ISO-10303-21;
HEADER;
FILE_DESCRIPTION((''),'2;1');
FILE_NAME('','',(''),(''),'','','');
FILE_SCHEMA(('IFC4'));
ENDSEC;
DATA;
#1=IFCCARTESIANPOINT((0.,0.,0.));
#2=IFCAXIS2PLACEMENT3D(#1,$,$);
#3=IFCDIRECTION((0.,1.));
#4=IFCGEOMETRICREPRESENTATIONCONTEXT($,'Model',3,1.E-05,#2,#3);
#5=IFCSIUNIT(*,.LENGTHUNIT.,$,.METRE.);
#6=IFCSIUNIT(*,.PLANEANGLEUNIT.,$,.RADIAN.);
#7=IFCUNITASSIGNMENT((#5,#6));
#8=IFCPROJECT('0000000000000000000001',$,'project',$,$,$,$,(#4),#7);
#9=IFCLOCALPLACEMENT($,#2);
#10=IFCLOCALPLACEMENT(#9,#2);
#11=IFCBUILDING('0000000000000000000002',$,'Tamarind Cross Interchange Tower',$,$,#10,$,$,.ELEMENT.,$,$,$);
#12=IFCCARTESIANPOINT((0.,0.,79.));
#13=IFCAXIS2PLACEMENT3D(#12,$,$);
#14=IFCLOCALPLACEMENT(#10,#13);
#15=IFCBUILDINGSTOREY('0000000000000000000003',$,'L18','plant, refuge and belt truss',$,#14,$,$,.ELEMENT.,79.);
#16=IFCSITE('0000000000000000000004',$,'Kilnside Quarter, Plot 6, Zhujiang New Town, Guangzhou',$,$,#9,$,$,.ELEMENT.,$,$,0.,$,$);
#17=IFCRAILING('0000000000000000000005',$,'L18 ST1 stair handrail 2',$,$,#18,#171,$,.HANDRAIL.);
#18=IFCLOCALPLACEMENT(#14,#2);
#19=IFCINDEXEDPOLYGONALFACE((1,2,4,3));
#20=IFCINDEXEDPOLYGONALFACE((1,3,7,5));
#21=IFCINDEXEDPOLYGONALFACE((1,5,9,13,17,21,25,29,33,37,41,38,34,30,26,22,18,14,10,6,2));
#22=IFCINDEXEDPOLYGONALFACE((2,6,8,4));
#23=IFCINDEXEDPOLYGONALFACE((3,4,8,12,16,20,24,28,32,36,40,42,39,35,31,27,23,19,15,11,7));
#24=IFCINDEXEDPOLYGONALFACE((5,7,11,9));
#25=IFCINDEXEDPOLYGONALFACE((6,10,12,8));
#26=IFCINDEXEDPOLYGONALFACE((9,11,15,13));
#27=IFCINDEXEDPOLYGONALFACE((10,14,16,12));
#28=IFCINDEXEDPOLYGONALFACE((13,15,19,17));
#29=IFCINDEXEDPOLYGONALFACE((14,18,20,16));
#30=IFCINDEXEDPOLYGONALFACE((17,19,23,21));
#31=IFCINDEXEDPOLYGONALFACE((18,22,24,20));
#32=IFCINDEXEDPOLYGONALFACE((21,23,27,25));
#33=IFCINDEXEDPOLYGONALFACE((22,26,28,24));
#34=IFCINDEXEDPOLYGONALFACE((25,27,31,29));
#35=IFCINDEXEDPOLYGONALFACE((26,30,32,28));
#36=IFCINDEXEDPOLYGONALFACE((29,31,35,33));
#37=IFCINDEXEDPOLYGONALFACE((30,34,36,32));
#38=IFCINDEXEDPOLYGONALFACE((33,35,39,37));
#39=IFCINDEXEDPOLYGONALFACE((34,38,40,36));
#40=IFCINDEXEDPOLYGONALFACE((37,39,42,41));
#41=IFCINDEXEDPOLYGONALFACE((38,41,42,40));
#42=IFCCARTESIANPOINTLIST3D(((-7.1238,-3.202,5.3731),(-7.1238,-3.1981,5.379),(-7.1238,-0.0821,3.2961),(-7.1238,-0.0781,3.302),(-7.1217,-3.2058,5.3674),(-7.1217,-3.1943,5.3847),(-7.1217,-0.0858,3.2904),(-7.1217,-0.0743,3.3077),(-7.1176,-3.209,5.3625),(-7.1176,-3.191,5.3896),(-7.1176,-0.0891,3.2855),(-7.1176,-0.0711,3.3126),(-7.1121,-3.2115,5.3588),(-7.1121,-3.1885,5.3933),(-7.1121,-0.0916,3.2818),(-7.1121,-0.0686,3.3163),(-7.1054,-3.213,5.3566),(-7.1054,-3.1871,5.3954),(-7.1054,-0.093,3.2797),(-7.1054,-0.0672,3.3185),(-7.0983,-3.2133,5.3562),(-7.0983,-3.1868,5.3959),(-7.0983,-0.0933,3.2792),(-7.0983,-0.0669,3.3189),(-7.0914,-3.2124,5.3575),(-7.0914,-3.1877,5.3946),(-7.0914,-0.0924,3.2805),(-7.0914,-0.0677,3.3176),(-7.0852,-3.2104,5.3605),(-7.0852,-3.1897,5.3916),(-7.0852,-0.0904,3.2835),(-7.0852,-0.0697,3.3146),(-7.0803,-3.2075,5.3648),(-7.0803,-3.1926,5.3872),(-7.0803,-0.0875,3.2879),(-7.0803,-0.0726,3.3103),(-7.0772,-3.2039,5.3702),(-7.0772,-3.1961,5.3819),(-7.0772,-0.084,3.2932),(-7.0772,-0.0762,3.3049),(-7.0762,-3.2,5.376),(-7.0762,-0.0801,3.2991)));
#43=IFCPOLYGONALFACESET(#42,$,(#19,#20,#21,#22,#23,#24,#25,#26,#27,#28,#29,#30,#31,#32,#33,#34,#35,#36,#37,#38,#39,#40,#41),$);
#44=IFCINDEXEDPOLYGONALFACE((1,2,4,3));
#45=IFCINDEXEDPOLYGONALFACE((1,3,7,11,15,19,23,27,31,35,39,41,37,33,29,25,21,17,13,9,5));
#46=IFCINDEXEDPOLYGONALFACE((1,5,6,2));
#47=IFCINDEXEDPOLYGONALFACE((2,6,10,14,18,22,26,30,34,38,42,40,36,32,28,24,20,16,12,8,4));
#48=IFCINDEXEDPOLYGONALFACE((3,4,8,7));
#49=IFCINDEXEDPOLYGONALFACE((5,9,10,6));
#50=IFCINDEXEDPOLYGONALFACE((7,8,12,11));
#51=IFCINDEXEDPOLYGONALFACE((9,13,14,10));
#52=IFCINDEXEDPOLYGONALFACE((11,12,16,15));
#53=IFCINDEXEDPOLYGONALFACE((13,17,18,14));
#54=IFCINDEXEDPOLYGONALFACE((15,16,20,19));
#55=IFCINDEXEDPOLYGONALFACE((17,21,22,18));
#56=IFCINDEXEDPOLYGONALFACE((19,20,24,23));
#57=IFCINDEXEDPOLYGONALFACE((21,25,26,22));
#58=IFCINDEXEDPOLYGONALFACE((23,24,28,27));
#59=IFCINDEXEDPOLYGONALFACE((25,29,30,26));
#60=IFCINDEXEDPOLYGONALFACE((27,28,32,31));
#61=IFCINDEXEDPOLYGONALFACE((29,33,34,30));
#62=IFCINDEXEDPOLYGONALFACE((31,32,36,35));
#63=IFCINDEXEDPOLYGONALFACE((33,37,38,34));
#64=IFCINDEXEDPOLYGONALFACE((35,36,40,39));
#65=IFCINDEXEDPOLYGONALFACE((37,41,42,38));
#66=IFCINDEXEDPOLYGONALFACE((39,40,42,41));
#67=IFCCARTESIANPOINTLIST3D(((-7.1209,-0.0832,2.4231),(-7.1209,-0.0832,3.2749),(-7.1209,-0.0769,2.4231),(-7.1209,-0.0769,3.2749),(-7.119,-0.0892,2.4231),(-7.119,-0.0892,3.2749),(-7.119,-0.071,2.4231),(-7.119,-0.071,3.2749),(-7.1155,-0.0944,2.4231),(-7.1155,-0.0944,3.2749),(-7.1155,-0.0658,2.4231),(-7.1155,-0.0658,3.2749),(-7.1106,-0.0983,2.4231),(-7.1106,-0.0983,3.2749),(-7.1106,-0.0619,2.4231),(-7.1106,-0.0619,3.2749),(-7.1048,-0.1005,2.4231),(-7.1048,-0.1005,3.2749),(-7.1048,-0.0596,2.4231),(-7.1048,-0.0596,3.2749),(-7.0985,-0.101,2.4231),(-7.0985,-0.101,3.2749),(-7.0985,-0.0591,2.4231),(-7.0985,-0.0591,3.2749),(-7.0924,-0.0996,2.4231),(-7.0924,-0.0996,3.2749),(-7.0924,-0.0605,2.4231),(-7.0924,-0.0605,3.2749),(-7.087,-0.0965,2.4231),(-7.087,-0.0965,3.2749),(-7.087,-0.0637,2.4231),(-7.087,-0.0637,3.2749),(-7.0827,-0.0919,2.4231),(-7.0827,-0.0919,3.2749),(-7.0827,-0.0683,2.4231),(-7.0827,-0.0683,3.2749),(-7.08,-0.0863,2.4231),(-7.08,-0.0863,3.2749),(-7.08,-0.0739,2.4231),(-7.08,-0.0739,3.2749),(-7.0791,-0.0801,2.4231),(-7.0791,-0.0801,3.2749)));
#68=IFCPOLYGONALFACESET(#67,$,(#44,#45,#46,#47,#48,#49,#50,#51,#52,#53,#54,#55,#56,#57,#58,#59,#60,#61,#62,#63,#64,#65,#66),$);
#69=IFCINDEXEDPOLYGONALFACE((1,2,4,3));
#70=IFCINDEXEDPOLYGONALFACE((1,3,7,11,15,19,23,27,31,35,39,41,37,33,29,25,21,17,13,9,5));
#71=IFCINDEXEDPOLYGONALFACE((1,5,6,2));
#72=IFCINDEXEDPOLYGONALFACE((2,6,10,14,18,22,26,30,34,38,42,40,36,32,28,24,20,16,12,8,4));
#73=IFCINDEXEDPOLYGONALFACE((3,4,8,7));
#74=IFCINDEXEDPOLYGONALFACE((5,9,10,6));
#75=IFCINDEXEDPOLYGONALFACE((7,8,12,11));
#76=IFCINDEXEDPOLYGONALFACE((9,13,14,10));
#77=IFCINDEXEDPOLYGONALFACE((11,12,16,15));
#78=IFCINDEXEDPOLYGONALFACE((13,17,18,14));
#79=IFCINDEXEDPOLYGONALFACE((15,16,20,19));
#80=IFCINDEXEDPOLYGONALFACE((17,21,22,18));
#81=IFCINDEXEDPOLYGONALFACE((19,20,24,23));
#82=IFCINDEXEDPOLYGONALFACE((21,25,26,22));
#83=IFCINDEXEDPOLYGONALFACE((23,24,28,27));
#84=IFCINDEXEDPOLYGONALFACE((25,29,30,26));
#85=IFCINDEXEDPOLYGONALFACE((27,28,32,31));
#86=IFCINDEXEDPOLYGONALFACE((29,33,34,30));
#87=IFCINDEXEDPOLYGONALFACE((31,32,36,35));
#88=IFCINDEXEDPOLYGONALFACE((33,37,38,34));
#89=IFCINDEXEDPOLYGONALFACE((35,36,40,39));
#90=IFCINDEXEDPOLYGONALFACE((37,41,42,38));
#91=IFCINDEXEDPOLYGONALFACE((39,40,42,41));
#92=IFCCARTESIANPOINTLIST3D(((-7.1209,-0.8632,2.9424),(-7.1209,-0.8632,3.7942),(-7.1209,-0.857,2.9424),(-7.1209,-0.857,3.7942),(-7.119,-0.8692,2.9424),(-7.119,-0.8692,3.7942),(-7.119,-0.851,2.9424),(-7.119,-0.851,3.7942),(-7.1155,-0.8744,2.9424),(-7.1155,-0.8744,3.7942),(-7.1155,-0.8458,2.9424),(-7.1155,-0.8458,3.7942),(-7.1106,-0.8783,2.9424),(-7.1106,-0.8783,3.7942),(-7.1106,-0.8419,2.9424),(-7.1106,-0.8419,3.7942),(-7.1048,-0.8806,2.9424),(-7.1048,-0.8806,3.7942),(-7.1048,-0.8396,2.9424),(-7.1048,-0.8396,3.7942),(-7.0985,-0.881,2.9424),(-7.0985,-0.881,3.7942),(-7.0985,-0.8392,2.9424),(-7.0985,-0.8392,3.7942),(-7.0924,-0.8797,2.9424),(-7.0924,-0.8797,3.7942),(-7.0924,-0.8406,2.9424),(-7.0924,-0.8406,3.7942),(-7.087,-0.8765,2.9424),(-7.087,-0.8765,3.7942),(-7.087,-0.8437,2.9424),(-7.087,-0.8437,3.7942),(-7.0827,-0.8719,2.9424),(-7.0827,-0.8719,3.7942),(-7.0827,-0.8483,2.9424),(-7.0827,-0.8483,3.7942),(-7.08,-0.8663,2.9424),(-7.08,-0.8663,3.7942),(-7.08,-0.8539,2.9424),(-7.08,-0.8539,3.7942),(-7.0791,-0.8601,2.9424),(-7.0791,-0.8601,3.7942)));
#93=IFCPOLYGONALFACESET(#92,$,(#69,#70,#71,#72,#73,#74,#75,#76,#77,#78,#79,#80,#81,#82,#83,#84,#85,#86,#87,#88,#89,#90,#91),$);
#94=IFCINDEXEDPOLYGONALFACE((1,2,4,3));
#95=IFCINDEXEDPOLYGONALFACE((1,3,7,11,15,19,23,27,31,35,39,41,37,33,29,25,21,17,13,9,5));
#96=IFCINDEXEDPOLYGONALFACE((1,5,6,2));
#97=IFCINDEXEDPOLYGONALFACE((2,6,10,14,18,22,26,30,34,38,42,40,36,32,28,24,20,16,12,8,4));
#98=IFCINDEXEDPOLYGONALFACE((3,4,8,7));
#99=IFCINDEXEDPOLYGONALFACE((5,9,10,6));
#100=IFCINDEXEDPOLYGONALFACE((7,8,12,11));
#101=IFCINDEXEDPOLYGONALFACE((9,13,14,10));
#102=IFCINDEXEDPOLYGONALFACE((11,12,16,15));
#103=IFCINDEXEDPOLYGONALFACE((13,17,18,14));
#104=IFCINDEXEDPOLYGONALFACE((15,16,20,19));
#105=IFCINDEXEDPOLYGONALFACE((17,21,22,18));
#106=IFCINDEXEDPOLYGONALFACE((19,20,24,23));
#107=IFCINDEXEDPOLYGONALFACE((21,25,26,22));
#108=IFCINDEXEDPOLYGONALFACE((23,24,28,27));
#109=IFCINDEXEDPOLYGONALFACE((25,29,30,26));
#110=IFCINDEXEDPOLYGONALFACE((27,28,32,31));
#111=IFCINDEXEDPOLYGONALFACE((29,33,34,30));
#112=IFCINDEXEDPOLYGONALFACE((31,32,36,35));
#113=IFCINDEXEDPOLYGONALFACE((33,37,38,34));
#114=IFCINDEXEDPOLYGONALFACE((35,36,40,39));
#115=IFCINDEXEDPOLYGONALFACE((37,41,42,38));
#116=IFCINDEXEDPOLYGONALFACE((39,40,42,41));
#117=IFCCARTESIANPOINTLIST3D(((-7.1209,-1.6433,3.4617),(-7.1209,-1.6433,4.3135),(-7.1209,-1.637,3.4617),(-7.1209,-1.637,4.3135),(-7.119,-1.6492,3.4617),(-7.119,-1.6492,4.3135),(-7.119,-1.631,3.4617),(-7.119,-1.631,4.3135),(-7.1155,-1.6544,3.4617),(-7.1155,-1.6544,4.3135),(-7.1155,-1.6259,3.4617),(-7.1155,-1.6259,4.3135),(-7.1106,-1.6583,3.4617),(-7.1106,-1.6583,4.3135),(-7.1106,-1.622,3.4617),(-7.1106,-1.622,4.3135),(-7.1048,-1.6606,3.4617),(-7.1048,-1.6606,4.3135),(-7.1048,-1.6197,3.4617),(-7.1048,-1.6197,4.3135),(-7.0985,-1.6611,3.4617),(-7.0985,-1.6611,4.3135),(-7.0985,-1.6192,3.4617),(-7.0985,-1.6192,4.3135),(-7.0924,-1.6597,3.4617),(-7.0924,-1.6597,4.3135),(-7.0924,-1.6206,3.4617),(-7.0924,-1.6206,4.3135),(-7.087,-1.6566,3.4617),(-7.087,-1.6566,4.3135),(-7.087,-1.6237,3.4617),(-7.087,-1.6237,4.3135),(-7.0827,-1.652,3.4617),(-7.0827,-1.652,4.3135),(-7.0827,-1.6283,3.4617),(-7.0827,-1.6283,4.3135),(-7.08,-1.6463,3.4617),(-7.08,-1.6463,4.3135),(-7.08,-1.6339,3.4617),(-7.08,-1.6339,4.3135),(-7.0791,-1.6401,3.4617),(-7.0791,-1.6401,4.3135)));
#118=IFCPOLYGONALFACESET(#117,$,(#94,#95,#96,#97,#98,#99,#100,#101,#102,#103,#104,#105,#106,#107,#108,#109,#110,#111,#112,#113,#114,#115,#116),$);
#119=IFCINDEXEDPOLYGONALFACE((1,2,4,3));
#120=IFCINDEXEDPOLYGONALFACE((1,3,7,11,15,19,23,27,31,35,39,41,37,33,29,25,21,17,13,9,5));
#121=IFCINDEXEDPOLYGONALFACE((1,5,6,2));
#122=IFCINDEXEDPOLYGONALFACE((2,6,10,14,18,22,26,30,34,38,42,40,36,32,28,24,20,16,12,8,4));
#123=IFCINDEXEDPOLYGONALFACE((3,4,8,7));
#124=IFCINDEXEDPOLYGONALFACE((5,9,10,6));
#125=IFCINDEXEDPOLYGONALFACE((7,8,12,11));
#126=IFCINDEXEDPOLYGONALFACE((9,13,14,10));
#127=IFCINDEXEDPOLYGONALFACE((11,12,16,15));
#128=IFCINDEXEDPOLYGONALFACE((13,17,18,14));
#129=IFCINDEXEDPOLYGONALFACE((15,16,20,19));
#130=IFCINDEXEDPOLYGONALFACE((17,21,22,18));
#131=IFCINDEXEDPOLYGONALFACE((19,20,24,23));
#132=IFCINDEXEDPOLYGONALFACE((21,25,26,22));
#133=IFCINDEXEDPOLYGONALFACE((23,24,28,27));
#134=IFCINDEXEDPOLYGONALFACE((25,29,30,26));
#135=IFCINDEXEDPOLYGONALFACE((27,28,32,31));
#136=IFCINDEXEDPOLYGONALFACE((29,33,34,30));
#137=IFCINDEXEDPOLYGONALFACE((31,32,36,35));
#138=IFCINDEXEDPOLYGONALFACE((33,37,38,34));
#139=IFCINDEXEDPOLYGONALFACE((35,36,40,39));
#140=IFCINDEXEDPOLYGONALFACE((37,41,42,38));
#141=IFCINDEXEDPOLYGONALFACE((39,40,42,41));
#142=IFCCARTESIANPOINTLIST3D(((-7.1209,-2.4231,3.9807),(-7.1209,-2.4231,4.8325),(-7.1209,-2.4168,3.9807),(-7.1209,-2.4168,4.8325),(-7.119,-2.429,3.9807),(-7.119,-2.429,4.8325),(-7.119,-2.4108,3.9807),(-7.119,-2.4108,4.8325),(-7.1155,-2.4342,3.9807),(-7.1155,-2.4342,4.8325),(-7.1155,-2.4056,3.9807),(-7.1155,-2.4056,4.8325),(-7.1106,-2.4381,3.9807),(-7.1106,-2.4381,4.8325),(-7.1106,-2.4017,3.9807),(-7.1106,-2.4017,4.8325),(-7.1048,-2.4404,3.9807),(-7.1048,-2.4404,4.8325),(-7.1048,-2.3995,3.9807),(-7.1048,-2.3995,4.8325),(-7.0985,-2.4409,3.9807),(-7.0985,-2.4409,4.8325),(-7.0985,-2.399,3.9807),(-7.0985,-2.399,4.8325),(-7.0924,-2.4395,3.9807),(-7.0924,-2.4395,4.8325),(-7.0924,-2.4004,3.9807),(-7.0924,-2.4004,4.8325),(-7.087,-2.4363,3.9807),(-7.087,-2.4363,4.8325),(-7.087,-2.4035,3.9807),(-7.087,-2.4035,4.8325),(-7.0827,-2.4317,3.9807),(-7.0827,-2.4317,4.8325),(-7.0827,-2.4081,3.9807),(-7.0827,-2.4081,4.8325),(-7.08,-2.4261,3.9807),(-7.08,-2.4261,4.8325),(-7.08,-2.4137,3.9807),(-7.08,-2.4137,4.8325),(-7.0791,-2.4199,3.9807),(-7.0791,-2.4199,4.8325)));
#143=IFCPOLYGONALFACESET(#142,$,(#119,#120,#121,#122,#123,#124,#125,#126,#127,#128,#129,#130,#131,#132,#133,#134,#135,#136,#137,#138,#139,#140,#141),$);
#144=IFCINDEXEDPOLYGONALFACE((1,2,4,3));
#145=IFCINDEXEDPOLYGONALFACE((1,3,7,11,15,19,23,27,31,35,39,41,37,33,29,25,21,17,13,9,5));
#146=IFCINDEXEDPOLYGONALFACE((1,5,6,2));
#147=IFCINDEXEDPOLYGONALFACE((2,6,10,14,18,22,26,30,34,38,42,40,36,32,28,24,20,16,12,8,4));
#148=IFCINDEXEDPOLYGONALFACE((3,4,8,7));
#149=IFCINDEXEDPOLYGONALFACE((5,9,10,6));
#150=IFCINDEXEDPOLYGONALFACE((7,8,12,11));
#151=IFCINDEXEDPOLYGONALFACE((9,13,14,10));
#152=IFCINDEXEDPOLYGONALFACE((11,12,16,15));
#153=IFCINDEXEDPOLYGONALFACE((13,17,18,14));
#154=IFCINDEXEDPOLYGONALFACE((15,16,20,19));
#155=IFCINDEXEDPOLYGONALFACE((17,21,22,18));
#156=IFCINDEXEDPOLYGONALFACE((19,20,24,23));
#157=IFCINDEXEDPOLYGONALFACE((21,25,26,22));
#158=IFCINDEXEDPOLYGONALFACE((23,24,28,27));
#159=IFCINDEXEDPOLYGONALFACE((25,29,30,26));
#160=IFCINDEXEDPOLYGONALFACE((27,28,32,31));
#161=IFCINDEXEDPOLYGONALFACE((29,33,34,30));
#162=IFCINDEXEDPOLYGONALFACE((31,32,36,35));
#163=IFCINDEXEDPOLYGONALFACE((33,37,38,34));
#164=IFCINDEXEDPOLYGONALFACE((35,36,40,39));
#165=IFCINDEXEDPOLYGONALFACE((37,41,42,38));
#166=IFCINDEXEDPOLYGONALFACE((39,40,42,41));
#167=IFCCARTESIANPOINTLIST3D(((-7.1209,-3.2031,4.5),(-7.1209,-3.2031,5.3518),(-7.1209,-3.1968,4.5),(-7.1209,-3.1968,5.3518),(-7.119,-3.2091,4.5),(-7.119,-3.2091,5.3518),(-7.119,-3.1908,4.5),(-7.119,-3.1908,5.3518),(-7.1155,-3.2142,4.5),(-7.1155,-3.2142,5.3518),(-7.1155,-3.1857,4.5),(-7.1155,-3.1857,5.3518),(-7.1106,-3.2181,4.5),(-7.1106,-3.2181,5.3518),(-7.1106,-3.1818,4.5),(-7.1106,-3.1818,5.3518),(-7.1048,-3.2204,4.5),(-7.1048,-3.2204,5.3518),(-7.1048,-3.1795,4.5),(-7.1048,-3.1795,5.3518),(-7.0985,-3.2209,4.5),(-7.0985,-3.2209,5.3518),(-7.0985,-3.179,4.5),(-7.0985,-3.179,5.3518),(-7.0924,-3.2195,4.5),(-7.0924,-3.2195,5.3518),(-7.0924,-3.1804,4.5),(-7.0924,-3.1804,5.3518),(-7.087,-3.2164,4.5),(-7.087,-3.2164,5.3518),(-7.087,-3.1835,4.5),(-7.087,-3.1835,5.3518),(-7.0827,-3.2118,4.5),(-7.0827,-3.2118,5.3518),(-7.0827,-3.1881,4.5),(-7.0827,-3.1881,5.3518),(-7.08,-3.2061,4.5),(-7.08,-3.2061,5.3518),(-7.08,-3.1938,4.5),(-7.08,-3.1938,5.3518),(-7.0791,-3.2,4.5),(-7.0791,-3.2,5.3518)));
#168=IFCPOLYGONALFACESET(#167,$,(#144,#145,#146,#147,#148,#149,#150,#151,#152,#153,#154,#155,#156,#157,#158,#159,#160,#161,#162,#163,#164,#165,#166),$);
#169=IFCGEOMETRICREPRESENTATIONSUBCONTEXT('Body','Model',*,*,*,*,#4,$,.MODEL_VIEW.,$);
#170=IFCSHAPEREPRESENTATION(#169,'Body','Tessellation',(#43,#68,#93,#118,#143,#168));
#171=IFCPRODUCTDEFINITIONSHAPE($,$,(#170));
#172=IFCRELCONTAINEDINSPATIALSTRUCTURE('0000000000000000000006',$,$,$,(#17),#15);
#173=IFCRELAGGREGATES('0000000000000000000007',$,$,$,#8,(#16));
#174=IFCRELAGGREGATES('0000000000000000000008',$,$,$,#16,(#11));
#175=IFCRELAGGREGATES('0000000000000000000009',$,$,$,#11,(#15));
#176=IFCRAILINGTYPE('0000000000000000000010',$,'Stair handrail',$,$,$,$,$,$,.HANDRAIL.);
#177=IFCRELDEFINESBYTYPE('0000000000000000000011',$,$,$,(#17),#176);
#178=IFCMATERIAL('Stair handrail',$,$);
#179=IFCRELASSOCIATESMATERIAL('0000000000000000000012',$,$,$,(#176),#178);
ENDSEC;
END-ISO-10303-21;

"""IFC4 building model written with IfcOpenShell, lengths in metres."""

from ifc_helpers import new_model, si_unit, direction, frame, origin, origin_2d, place, context, subcontext, project, spatial, circle, extrude, material, type_object, element, save


model = new_model("IFC4")

# Units and contexts
model_context = context("Model", 3, precision=1e-05, world=origin(), true_north=direction((0.0, 1.0)))
body_context = subcontext(model_context, "Body", "Model", "MODEL_VIEW")
ifc_project = project(units=[si_unit("LENGTHUNIT", "METRE"), si_unit("PLANEANGLEUNIT", "RADIAN")], contexts=[model_context])

# Site, building, storey
site_placement = place(None, origin())
site = spatial("IfcSite", under=ifc_project, at=site_placement, Name="Kilnside Quarter, Plot 6, Zhujiang New Town, Guangzhou", CompositionType="ELEMENT", RefElevation=0.0)
building_placement = place(site_placement, origin())
building = spatial("IfcBuilding", under=site, at=building_placement, Name="Tamarind Cross Interchange Tower", CompositionType="ELEMENT")
storey_placement = place(building_placement, frame((0.0, 0.0, 79.0)))
storey = spatial("IfcBuildingStorey", under=building, at=storey_placement, Name="L18", Description="plant, refuge and belt truss", CompositionType="ELEMENT", Elevation=79.0)

# Railing
ifc_material_1 = material(Name="Stair handrail")
railing_type_1 = type_object("IfcRailingType", Name="Stair handrail", PredefinedType="HANDRAIL", material=ifc_material_1)
railing_1_placement = place(storey_placement, frame((-7.1001, -0.0801, 2.4231)))
element("IfcRailing", 1, at=railing_1_placement, inside=storey, type_object=railing_type_1, Name="L18 ST1 stair handrail 2", PredefinedType="HANDRAIL", context=body_context, shape_type="SweptSolid", body=[
    extrude(circle(Radius=0.0239, at=origin_2d()), frame((0.0, 0.0, 0.876), z_axis=(0.0, -0.832421, 0.554144), x_axis=(1.0, 0.0, 0.0)), (0.0, 0.0, 1.0), 3.748),
    extrude(circle(Radius=0.021, at=origin_2d()), origin(), (0.0, 0.0, 1.0), 0.8518),
    extrude(circle(Radius=0.021, at=origin_2d()), frame((0.0, -0.78, 0.5193)), (0.0, 0.0, 1.0), 0.8518),
    extrude(circle(Radius=0.021, at=origin_2d()), frame((0.0, -1.5601, 1.0386)), (0.0, 0.0, 1.0), 0.8518),
    extrude(circle(Radius=0.021, at=origin_2d()), frame((0.0, -2.3398, 1.5576)), (0.0, 0.0, 1.0), 0.8518),
    extrude(circle(Radius=0.021, at=origin_2d()), frame((0.0, -3.1199, 2.0769)), (0.0, 0.0, 1.0), 0.8518),
])

save(model, "model.ifc")
